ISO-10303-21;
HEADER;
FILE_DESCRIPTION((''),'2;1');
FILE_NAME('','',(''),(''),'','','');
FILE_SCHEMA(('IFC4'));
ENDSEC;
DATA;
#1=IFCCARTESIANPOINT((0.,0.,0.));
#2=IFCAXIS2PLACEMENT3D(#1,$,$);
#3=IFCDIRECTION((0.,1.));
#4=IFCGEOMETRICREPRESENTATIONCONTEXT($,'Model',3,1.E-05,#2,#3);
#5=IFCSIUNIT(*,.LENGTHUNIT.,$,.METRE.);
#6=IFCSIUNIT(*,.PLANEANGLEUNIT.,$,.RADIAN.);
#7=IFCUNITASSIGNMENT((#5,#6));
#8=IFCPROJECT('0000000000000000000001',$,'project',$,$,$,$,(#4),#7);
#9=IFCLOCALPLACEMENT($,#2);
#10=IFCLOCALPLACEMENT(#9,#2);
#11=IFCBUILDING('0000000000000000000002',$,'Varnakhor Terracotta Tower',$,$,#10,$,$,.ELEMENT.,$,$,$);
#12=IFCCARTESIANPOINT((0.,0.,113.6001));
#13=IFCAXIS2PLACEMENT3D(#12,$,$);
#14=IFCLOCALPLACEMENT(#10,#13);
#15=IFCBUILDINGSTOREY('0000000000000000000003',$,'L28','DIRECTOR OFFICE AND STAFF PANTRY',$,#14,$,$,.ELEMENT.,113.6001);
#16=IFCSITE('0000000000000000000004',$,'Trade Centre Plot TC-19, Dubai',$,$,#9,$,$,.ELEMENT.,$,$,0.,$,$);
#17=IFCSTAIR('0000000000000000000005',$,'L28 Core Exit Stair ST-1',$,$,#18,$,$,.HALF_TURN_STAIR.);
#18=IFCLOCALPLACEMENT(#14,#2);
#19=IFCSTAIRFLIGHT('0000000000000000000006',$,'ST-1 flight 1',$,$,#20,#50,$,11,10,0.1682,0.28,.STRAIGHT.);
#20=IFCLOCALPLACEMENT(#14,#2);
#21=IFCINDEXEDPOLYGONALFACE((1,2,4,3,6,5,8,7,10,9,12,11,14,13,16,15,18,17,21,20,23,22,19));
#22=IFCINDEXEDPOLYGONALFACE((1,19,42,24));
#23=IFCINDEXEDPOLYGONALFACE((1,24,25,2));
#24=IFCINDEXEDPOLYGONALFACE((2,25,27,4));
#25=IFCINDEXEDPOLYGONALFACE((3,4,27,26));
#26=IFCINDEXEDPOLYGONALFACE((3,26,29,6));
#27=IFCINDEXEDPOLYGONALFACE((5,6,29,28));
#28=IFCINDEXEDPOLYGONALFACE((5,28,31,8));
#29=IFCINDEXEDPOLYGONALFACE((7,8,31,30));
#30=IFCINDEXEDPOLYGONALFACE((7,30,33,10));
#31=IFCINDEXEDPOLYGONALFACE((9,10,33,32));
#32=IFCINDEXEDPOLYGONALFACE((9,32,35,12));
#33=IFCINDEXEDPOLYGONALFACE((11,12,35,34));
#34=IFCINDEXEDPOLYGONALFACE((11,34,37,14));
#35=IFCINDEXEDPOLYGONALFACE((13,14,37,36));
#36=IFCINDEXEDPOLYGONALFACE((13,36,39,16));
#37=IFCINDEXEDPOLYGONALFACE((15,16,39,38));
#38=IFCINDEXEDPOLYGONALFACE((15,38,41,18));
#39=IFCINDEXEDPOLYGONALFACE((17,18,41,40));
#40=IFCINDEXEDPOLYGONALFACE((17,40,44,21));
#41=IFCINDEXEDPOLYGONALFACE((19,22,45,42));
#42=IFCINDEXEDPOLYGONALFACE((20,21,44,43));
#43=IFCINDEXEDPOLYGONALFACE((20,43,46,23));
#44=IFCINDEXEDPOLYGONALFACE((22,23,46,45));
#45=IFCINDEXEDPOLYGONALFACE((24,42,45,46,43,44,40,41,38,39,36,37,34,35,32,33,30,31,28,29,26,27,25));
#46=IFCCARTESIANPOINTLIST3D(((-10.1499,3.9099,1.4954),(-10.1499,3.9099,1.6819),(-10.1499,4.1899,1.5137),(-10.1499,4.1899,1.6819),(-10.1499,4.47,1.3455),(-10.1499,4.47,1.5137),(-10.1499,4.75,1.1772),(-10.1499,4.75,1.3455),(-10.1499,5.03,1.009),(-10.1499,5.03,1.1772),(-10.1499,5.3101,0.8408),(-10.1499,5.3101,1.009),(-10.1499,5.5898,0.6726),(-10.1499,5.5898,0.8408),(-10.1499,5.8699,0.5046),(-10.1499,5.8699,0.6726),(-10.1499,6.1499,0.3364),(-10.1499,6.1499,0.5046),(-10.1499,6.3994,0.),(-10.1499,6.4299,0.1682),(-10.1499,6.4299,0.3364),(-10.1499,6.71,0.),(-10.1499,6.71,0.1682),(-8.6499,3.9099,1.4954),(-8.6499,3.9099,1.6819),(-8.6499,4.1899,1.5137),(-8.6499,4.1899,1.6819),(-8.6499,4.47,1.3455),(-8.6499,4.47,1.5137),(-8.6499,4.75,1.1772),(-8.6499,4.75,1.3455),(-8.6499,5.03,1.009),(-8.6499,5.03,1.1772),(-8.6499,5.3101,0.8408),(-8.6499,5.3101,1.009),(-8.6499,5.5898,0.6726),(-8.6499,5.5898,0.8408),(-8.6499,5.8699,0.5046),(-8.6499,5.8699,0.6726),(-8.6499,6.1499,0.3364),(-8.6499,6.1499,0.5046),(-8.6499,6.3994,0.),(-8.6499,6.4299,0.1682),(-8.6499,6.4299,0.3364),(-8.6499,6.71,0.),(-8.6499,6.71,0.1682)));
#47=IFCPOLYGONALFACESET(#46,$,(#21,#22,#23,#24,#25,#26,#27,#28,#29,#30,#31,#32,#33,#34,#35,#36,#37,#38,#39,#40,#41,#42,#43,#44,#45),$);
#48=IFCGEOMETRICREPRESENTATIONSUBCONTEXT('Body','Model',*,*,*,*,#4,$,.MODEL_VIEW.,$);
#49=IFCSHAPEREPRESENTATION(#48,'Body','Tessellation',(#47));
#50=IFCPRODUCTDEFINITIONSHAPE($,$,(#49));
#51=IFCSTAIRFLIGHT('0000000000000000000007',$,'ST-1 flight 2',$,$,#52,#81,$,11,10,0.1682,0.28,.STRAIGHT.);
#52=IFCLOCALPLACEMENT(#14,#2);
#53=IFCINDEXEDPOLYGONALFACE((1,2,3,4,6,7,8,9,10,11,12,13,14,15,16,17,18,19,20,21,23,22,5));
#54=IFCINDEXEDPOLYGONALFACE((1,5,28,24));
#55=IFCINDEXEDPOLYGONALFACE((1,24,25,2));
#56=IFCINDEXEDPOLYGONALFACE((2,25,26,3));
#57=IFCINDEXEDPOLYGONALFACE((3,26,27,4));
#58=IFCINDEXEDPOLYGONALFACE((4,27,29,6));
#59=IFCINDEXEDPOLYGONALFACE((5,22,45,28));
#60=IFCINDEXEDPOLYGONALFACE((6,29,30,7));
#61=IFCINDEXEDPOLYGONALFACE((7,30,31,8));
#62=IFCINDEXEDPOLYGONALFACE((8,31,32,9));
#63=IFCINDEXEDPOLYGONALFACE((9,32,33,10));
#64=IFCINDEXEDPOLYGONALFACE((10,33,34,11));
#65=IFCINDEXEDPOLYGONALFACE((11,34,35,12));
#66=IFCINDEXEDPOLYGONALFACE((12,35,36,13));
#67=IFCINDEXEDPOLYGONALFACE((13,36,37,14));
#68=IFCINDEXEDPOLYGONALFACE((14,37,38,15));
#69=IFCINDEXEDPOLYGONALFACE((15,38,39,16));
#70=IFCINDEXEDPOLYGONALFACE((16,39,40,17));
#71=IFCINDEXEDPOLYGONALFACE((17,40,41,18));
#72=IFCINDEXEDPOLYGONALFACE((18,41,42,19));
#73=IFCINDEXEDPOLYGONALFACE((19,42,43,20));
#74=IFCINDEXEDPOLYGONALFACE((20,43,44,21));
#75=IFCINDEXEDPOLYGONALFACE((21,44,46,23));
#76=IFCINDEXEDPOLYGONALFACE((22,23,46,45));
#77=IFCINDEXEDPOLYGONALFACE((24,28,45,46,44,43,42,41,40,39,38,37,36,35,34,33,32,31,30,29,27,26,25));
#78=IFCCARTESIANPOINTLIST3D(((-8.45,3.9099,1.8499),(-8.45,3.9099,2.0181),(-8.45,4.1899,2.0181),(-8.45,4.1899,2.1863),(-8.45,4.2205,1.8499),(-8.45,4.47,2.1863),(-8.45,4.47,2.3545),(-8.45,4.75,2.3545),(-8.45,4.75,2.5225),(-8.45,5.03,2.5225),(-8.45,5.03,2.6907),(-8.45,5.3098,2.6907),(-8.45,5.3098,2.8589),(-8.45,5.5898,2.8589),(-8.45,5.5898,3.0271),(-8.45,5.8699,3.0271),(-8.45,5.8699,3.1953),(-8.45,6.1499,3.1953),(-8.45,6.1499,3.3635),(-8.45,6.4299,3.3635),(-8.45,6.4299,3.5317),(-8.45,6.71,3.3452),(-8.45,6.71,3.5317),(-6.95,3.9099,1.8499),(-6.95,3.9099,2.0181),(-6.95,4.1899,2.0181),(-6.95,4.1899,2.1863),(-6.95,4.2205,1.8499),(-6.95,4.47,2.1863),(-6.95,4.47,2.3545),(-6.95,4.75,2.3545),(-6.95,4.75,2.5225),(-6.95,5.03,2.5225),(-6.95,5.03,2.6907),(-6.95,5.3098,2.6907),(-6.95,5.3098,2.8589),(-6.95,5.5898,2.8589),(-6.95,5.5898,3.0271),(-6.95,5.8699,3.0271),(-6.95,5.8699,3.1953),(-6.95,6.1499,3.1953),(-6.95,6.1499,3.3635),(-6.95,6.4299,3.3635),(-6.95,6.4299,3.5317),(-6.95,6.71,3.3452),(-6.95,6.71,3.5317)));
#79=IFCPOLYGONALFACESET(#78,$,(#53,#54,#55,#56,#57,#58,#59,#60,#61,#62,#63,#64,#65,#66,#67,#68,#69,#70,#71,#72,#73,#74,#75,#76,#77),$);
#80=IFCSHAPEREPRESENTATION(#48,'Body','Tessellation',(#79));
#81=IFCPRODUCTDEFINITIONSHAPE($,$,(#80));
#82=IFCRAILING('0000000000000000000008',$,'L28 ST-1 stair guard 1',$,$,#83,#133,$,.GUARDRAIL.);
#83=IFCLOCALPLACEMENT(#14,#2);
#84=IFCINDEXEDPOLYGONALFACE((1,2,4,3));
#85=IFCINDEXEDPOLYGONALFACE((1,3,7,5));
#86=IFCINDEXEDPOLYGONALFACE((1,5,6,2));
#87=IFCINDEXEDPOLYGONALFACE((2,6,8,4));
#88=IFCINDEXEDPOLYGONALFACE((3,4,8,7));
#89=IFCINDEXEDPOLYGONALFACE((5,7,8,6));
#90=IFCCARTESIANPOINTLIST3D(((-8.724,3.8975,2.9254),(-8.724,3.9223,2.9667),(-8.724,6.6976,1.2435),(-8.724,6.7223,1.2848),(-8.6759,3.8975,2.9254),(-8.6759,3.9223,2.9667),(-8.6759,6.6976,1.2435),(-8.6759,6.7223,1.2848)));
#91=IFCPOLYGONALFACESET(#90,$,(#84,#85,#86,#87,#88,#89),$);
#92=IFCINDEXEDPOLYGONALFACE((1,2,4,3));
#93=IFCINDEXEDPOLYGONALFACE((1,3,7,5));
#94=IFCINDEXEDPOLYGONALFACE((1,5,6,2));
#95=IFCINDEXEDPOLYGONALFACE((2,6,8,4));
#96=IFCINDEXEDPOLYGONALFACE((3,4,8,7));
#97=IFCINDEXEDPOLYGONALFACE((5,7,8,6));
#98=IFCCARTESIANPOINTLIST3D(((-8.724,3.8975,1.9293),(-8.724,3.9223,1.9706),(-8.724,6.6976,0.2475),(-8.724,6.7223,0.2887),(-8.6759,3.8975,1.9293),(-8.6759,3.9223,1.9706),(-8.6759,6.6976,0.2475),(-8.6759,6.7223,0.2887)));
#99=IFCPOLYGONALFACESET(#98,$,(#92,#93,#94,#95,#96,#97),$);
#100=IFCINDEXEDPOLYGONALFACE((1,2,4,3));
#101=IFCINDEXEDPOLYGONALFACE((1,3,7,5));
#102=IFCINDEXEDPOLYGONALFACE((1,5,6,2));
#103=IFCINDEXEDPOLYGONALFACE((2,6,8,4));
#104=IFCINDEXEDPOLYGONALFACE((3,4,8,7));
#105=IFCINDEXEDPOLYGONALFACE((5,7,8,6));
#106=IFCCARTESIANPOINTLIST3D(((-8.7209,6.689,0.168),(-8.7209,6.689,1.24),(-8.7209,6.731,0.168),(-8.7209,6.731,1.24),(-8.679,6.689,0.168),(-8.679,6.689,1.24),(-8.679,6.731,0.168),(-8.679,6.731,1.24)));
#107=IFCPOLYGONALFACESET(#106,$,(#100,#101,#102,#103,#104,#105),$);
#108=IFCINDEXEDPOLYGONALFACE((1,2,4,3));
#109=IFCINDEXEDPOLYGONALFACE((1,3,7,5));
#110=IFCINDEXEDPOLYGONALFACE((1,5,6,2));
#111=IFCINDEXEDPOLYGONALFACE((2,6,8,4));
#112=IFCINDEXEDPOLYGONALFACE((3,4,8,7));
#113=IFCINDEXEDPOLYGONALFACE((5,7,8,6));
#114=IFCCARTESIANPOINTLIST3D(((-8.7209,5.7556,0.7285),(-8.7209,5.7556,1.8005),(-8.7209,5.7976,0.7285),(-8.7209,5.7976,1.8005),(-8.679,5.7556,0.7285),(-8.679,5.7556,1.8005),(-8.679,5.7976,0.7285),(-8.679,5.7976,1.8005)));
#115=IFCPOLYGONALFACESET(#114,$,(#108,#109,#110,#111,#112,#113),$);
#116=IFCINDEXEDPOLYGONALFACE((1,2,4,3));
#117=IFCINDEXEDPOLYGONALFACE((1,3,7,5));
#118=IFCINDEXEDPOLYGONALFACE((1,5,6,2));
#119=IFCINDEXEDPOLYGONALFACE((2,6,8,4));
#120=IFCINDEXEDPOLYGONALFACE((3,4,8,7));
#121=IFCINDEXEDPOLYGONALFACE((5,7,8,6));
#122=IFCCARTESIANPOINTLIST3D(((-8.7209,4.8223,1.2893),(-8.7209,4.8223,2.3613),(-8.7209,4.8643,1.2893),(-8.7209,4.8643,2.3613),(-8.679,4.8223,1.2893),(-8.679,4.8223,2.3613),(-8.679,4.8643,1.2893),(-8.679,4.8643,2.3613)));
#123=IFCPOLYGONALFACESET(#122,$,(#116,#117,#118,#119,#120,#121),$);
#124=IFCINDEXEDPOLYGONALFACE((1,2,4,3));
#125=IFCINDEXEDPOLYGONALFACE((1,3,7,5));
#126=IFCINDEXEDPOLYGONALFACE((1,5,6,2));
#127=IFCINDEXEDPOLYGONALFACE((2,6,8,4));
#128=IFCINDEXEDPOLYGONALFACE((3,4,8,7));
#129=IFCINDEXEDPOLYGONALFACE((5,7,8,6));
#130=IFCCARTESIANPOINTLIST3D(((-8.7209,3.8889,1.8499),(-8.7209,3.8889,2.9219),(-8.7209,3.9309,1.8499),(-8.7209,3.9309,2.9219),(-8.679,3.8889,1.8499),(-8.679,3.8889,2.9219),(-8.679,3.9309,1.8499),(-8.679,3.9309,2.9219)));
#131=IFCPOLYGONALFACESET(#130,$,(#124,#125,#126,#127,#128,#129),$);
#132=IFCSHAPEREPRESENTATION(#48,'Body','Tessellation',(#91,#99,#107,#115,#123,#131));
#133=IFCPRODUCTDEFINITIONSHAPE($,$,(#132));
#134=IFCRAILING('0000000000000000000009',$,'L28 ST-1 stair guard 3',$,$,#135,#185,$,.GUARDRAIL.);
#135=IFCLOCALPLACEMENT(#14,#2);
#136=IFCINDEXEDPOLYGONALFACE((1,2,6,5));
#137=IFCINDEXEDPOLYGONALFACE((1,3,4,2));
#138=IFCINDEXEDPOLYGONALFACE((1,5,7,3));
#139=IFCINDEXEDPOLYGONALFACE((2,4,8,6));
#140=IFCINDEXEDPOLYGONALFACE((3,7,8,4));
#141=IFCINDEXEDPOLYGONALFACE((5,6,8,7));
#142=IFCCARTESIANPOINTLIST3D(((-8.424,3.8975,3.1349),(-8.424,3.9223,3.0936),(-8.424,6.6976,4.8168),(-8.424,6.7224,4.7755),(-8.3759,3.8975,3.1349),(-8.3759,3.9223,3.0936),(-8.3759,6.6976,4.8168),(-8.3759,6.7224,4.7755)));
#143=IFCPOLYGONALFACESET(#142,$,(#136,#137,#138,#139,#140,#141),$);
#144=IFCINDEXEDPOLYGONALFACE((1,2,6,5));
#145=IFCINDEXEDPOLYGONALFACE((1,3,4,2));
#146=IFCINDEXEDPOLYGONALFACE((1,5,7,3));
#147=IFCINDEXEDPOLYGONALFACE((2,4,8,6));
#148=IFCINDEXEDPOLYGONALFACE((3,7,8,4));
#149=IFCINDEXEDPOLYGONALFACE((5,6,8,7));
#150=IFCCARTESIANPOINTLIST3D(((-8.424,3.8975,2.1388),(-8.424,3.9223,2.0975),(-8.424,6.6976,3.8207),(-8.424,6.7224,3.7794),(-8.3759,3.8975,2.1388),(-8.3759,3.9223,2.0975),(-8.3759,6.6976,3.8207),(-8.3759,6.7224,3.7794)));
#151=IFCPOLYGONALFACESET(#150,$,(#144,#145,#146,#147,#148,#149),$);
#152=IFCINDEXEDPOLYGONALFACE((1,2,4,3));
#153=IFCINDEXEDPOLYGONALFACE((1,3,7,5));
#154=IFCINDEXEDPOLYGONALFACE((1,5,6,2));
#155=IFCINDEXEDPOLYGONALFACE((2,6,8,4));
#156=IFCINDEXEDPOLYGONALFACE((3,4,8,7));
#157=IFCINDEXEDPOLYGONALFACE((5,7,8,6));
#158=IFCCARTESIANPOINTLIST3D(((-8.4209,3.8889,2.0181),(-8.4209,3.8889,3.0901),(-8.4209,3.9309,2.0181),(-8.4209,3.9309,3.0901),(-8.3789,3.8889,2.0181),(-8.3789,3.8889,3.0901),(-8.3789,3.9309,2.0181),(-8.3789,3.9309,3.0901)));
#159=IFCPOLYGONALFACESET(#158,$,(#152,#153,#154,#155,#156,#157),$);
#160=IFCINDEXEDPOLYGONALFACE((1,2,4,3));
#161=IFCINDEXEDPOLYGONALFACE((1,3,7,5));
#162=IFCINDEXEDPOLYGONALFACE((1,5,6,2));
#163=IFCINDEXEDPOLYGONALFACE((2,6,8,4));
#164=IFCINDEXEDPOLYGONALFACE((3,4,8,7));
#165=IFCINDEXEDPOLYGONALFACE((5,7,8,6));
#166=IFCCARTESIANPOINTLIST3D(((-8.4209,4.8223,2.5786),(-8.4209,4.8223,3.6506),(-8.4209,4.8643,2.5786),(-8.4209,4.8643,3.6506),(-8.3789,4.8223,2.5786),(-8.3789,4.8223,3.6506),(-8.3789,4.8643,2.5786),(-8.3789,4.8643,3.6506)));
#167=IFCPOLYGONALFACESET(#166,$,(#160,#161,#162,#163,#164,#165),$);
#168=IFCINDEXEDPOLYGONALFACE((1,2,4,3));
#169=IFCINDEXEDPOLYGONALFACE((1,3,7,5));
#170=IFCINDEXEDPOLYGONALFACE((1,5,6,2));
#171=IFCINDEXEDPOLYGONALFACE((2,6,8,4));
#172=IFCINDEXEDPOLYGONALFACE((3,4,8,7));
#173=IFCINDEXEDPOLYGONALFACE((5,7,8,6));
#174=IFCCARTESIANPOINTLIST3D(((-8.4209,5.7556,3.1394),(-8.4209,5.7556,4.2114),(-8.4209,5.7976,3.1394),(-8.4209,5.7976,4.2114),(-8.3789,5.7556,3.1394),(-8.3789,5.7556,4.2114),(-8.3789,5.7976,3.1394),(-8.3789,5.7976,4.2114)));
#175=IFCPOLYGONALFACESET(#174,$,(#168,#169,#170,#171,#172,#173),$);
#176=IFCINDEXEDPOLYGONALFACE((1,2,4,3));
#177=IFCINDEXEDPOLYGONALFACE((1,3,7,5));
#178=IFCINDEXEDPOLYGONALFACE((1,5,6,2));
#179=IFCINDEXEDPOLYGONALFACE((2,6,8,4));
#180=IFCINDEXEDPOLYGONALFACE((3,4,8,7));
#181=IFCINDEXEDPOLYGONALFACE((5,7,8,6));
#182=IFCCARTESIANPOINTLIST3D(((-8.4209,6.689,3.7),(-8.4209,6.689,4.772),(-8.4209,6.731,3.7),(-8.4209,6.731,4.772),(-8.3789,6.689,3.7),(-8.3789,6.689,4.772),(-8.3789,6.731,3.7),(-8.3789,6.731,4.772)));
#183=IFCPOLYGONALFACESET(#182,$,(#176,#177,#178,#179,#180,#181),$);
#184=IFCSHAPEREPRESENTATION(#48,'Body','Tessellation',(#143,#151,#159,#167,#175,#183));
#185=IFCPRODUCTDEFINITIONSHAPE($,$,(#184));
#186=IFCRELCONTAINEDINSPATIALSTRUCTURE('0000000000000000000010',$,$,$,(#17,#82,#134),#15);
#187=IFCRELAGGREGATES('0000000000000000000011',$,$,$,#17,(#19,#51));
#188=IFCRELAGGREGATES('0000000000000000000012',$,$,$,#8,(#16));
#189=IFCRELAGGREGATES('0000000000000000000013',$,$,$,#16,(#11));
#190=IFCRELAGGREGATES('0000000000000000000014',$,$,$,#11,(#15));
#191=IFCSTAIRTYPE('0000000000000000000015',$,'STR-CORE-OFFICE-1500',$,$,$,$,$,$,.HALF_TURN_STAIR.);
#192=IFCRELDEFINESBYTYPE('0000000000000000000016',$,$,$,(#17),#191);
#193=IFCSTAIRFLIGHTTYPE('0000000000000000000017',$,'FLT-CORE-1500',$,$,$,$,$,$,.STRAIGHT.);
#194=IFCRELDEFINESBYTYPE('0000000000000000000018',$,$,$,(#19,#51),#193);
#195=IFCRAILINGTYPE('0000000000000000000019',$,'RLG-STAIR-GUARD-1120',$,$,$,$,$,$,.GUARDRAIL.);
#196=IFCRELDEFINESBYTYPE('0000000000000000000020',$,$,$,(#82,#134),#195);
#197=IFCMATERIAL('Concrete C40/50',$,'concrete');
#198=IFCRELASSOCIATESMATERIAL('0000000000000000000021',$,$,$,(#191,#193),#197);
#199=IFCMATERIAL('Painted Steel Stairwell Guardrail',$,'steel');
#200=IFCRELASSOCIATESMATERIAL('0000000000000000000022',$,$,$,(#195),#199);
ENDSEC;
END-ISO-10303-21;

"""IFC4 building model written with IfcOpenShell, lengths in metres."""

from ifc_helpers import new_model, si_unit, direction, frame, origin, origin_2d, place, context, subcontext, project, spatial, polyline, rectangle, outline, extrude, material, type_object, element, aggregate, save


model = new_model("IFC4")

# Units and contexts
model_context = context("Model", 3, precision=1e-05, world=origin(), true_north=direction((0.0, 1.0)))
body_context = subcontext(model_context, "Body", "Model", "MODEL_VIEW")
ifc_project = project(units=[si_unit("LENGTHUNIT", "METRE"), si_unit("PLANEANGLEUNIT", "RADIAN")], contexts=[model_context])

# Site, building, storey
site_placement = place(None, origin())
site = spatial("IfcSite", under=ifc_project, at=site_placement, Name="Trade Centre Plot TC-19, Dubai", CompositionType="ELEMENT", RefElevation=0.0)
building_placement = place(site_placement, origin())
building = spatial("IfcBuilding", under=site, at=building_placement, Name="Varnakhor Terracotta Tower", CompositionType="ELEMENT")
storey_placement = place(building_placement, frame((0.0, 0.0, 113.6001)))
storey = spatial("IfcBuildingStorey", under=building, at=storey_placement, Name="L28", Description="DIRECTOR OFFICE AND STAFF PANTRY", CompositionType="ELEMENT", Elevation=113.6001)

# Shared definitions
ifc_material_1 = material(Name="Concrete C40/50", Category="concrete")

# Stair, stair flights
stair_type = type_object("IfcStairType", Name="STR-CORE-OFFICE-1500", PredefinedType="HALF_TURN_STAIR", material=ifc_material_1)
stair_placement = place(storey_placement, origin())
stair = element("IfcStair", 1, at=stair_placement, inside=storey, type_object=stair_type, Name="L28 Core Exit Stair ST-1", PredefinedType="HALF_TURN_STAIR")
stair_flight_type = type_object("IfcStairFlightType", Name="FLT-CORE-1500", PredefinedType="STRAIGHT", material=ifc_material_1)
stair_flight_1_placement = place(storey_placement, frame((-9.3999, 6.71, 0.0), z_axis=(0.0, 0.0, 1.0), x_axis=(0.0, -1.0, 0.0)))
stair_flight_1 = element("IfcStairFlight", 2, at=stair_flight_1_placement, type_object=stair_flight_type, Name="ST-1 flight 1", NumberOfRisers=11, NumberOfTreads=10, PredefinedType="STRAIGHT", RiserHeight=0.1682, TreadLength=0.28, context=body_context, shape_type="SweptSolid", body=[
    extrude(outline(polyline([(0.0, 0.0), (0.0, 0.1682), (0.28, 0.1682), (0.28, 0.3364), (0.5601, 0.3364), (0.5601, 0.5046), (0.8401, 0.5046), (0.8401, 0.6726), (1.1201, 0.6726), (1.1201, 0.8408), (1.3999, 0.8408), (1.3999, 1.009), (1.6799, 1.009), (1.6799, 1.1772), (1.96, 1.1772), (1.96, 1.3455), (2.24, 1.3455), (2.24, 1.5137), (2.52, 1.5137), (2.52, 1.6819), (2.8, 1.6819), (2.8, 1.8501), (2.8, 1.4954), (0.3105, 0.0), (0.0, 0.0)])), frame((0.0, 0.75, 0.0), z_axis=(0.0, -1.0, 0.0), x_axis=(1.0, 0.0, 0.0)), (0.0, 0.0, 1.0), 1.5),
])
stair_flight_2_placement = place(storey_placement, frame((-7.7, 3.9099, 1.8499), z_axis=(0.0, 0.0, 1.0), x_axis=(0.0, 1.0, 0.0)))
stair_flight_2 = element("IfcStairFlight", 3, at=stair_flight_2_placement, type_object=stair_flight_type, Name="ST-1 flight 2", NumberOfRisers=11, NumberOfTreads=10, PredefinedType="STRAIGHT", RiserHeight=0.1682, TreadLength=0.28, context=body_context, shape_type="SweptSolid", body=[
    extrude(outline(polyline([(0.0, 0.0), (0.0, 0.1682), (0.28, 0.1682), (0.28, 0.3364), (0.5601, 0.3364), (0.5601, 0.5046), (0.8401, 0.5046), (0.8401, 0.6726), (1.1201, 0.6726), (1.1201, 0.8408), (1.3999, 0.8408), (1.3999, 1.009), (1.6799, 1.009), (1.6799, 1.1772), (1.96, 1.1772), (1.96, 1.3455), (2.24, 1.3455), (2.24, 1.5137), (2.52, 1.5137), (2.52, 1.6819), (2.8, 1.6819), (2.8, 1.8501), (2.8, 1.4954), (0.3105, 0.0), (0.0, 0.0)])), frame((0.0, 0.75, 0.0), z_axis=(0.0, -1.0, 0.0), x_axis=(1.0, 0.0, 0.0)), (0.0, 0.0, 1.0), 1.5),
])
aggregate(stair, [stair_flight_1, stair_flight_2])

# Railings
ifc_material_2 = material(Name="Painted Steel Stairwell Guardrail", Category="steel")
railing_type_1 = type_object("IfcRailingType", Name="RLG-STAIR-GUARD-1120", PredefinedType="GUARDRAIL", material=ifc_material_2)
railing_1_placement = place(storey_placement, frame((-8.7, 6.71, 0.168)))
element("IfcRailing", 4, at=railing_1_placement, inside=storey, type_object=railing_type_1, Name="L28 ST-1 stair guard 1", PredefinedType="GUARDRAIL", context=body_context, shape_type="SweptSolid", body=[
    extrude(rectangle(XDim=0.0481, YDim=0.0481, at=origin_2d()), frame((0.0, 0.0, 1.0962), z_axis=(0.0, -0.857242, 0.514913), x_axis=(1.0, 0.0, 0.0)), (0.0, 0.0, 1.0), 3.2664),
    extrude(rectangle(XDim=0.0481, YDim=0.0481, at=origin_2d()), frame((0.0, 0.0, 0.1001), z_axis=(0.0, -0.857242, 0.514913), x_axis=(1.0, 0.0, 0.0)), (0.0, 0.0, 1.0), 3.2664),
    extrude(rectangle(XDim=0.042, YDim=0.042, at=origin_2d()), origin(), (0.0, 0.0, 1.0), 1.072),
    extrude(rectangle(XDim=0.042, YDim=0.042, at=origin_2d()), frame((0.0, -0.9333, 0.5605)), (0.0, 0.0, 1.0), 1.072),
    extrude(rectangle(XDim=0.042, YDim=0.042, at=origin_2d()), frame((0.0, -1.8667, 1.1213)), (0.0, 0.0, 1.0), 1.072),
    extrude(rectangle(XDim=0.042, YDim=0.042, at=origin_2d()), frame((0.0, -2.8, 1.6819)), (0.0, 0.0, 1.0), 1.072),
])
railing_2_placement = place(storey_placement, frame((-8.3999, 3.9099, 2.0181)))
element("IfcRailing", 5, at=railing_2_placement, inside=storey, type_object=railing_type_1, Name="L28 ST-1 stair guard 3", PredefinedType="GUARDRAIL", context=body_context, shape_type="SweptSolid", body=[
    extrude(rectangle(XDim=0.0481, YDim=0.0481, at=origin_2d()), frame((0.0, 0.0, 1.0962), z_axis=(0.0, 0.857242, 0.514913), x_axis=(-1.0, 0.0, 0.0)), (0.0, 0.0, 1.0), 3.2664),
    extrude(rectangle(XDim=0.0481, YDim=0.0481, at=origin_2d()), frame((0.0, 0.0, 0.1001), z_axis=(0.0, 0.857242, 0.514913), x_axis=(-1.0, 0.0, 0.0)), (0.0, 0.0, 1.0), 3.2664),
    extrude(rectangle(XDim=0.042, YDim=0.042, at=origin_2d()), origin(), (0.0, 0.0, 1.0), 1.072),
    extrude(rectangle(XDim=0.042, YDim=0.042, at=origin_2d()), frame((0.0, 0.9333, 0.5605)), (0.0, 0.0, 1.0), 1.072),
    extrude(rectangle(XDim=0.042, YDim=0.042, at=origin_2d()), frame((0.0, 1.8667, 1.1213)), (0.0, 0.0, 1.0), 1.072),
    extrude(rectangle(XDim=0.042, YDim=0.042, at=origin_2d()), frame((0.0, 2.8, 1.6819)), (0.0, 0.0, 1.0), 1.072),
])

save(model, "model.ifc")
